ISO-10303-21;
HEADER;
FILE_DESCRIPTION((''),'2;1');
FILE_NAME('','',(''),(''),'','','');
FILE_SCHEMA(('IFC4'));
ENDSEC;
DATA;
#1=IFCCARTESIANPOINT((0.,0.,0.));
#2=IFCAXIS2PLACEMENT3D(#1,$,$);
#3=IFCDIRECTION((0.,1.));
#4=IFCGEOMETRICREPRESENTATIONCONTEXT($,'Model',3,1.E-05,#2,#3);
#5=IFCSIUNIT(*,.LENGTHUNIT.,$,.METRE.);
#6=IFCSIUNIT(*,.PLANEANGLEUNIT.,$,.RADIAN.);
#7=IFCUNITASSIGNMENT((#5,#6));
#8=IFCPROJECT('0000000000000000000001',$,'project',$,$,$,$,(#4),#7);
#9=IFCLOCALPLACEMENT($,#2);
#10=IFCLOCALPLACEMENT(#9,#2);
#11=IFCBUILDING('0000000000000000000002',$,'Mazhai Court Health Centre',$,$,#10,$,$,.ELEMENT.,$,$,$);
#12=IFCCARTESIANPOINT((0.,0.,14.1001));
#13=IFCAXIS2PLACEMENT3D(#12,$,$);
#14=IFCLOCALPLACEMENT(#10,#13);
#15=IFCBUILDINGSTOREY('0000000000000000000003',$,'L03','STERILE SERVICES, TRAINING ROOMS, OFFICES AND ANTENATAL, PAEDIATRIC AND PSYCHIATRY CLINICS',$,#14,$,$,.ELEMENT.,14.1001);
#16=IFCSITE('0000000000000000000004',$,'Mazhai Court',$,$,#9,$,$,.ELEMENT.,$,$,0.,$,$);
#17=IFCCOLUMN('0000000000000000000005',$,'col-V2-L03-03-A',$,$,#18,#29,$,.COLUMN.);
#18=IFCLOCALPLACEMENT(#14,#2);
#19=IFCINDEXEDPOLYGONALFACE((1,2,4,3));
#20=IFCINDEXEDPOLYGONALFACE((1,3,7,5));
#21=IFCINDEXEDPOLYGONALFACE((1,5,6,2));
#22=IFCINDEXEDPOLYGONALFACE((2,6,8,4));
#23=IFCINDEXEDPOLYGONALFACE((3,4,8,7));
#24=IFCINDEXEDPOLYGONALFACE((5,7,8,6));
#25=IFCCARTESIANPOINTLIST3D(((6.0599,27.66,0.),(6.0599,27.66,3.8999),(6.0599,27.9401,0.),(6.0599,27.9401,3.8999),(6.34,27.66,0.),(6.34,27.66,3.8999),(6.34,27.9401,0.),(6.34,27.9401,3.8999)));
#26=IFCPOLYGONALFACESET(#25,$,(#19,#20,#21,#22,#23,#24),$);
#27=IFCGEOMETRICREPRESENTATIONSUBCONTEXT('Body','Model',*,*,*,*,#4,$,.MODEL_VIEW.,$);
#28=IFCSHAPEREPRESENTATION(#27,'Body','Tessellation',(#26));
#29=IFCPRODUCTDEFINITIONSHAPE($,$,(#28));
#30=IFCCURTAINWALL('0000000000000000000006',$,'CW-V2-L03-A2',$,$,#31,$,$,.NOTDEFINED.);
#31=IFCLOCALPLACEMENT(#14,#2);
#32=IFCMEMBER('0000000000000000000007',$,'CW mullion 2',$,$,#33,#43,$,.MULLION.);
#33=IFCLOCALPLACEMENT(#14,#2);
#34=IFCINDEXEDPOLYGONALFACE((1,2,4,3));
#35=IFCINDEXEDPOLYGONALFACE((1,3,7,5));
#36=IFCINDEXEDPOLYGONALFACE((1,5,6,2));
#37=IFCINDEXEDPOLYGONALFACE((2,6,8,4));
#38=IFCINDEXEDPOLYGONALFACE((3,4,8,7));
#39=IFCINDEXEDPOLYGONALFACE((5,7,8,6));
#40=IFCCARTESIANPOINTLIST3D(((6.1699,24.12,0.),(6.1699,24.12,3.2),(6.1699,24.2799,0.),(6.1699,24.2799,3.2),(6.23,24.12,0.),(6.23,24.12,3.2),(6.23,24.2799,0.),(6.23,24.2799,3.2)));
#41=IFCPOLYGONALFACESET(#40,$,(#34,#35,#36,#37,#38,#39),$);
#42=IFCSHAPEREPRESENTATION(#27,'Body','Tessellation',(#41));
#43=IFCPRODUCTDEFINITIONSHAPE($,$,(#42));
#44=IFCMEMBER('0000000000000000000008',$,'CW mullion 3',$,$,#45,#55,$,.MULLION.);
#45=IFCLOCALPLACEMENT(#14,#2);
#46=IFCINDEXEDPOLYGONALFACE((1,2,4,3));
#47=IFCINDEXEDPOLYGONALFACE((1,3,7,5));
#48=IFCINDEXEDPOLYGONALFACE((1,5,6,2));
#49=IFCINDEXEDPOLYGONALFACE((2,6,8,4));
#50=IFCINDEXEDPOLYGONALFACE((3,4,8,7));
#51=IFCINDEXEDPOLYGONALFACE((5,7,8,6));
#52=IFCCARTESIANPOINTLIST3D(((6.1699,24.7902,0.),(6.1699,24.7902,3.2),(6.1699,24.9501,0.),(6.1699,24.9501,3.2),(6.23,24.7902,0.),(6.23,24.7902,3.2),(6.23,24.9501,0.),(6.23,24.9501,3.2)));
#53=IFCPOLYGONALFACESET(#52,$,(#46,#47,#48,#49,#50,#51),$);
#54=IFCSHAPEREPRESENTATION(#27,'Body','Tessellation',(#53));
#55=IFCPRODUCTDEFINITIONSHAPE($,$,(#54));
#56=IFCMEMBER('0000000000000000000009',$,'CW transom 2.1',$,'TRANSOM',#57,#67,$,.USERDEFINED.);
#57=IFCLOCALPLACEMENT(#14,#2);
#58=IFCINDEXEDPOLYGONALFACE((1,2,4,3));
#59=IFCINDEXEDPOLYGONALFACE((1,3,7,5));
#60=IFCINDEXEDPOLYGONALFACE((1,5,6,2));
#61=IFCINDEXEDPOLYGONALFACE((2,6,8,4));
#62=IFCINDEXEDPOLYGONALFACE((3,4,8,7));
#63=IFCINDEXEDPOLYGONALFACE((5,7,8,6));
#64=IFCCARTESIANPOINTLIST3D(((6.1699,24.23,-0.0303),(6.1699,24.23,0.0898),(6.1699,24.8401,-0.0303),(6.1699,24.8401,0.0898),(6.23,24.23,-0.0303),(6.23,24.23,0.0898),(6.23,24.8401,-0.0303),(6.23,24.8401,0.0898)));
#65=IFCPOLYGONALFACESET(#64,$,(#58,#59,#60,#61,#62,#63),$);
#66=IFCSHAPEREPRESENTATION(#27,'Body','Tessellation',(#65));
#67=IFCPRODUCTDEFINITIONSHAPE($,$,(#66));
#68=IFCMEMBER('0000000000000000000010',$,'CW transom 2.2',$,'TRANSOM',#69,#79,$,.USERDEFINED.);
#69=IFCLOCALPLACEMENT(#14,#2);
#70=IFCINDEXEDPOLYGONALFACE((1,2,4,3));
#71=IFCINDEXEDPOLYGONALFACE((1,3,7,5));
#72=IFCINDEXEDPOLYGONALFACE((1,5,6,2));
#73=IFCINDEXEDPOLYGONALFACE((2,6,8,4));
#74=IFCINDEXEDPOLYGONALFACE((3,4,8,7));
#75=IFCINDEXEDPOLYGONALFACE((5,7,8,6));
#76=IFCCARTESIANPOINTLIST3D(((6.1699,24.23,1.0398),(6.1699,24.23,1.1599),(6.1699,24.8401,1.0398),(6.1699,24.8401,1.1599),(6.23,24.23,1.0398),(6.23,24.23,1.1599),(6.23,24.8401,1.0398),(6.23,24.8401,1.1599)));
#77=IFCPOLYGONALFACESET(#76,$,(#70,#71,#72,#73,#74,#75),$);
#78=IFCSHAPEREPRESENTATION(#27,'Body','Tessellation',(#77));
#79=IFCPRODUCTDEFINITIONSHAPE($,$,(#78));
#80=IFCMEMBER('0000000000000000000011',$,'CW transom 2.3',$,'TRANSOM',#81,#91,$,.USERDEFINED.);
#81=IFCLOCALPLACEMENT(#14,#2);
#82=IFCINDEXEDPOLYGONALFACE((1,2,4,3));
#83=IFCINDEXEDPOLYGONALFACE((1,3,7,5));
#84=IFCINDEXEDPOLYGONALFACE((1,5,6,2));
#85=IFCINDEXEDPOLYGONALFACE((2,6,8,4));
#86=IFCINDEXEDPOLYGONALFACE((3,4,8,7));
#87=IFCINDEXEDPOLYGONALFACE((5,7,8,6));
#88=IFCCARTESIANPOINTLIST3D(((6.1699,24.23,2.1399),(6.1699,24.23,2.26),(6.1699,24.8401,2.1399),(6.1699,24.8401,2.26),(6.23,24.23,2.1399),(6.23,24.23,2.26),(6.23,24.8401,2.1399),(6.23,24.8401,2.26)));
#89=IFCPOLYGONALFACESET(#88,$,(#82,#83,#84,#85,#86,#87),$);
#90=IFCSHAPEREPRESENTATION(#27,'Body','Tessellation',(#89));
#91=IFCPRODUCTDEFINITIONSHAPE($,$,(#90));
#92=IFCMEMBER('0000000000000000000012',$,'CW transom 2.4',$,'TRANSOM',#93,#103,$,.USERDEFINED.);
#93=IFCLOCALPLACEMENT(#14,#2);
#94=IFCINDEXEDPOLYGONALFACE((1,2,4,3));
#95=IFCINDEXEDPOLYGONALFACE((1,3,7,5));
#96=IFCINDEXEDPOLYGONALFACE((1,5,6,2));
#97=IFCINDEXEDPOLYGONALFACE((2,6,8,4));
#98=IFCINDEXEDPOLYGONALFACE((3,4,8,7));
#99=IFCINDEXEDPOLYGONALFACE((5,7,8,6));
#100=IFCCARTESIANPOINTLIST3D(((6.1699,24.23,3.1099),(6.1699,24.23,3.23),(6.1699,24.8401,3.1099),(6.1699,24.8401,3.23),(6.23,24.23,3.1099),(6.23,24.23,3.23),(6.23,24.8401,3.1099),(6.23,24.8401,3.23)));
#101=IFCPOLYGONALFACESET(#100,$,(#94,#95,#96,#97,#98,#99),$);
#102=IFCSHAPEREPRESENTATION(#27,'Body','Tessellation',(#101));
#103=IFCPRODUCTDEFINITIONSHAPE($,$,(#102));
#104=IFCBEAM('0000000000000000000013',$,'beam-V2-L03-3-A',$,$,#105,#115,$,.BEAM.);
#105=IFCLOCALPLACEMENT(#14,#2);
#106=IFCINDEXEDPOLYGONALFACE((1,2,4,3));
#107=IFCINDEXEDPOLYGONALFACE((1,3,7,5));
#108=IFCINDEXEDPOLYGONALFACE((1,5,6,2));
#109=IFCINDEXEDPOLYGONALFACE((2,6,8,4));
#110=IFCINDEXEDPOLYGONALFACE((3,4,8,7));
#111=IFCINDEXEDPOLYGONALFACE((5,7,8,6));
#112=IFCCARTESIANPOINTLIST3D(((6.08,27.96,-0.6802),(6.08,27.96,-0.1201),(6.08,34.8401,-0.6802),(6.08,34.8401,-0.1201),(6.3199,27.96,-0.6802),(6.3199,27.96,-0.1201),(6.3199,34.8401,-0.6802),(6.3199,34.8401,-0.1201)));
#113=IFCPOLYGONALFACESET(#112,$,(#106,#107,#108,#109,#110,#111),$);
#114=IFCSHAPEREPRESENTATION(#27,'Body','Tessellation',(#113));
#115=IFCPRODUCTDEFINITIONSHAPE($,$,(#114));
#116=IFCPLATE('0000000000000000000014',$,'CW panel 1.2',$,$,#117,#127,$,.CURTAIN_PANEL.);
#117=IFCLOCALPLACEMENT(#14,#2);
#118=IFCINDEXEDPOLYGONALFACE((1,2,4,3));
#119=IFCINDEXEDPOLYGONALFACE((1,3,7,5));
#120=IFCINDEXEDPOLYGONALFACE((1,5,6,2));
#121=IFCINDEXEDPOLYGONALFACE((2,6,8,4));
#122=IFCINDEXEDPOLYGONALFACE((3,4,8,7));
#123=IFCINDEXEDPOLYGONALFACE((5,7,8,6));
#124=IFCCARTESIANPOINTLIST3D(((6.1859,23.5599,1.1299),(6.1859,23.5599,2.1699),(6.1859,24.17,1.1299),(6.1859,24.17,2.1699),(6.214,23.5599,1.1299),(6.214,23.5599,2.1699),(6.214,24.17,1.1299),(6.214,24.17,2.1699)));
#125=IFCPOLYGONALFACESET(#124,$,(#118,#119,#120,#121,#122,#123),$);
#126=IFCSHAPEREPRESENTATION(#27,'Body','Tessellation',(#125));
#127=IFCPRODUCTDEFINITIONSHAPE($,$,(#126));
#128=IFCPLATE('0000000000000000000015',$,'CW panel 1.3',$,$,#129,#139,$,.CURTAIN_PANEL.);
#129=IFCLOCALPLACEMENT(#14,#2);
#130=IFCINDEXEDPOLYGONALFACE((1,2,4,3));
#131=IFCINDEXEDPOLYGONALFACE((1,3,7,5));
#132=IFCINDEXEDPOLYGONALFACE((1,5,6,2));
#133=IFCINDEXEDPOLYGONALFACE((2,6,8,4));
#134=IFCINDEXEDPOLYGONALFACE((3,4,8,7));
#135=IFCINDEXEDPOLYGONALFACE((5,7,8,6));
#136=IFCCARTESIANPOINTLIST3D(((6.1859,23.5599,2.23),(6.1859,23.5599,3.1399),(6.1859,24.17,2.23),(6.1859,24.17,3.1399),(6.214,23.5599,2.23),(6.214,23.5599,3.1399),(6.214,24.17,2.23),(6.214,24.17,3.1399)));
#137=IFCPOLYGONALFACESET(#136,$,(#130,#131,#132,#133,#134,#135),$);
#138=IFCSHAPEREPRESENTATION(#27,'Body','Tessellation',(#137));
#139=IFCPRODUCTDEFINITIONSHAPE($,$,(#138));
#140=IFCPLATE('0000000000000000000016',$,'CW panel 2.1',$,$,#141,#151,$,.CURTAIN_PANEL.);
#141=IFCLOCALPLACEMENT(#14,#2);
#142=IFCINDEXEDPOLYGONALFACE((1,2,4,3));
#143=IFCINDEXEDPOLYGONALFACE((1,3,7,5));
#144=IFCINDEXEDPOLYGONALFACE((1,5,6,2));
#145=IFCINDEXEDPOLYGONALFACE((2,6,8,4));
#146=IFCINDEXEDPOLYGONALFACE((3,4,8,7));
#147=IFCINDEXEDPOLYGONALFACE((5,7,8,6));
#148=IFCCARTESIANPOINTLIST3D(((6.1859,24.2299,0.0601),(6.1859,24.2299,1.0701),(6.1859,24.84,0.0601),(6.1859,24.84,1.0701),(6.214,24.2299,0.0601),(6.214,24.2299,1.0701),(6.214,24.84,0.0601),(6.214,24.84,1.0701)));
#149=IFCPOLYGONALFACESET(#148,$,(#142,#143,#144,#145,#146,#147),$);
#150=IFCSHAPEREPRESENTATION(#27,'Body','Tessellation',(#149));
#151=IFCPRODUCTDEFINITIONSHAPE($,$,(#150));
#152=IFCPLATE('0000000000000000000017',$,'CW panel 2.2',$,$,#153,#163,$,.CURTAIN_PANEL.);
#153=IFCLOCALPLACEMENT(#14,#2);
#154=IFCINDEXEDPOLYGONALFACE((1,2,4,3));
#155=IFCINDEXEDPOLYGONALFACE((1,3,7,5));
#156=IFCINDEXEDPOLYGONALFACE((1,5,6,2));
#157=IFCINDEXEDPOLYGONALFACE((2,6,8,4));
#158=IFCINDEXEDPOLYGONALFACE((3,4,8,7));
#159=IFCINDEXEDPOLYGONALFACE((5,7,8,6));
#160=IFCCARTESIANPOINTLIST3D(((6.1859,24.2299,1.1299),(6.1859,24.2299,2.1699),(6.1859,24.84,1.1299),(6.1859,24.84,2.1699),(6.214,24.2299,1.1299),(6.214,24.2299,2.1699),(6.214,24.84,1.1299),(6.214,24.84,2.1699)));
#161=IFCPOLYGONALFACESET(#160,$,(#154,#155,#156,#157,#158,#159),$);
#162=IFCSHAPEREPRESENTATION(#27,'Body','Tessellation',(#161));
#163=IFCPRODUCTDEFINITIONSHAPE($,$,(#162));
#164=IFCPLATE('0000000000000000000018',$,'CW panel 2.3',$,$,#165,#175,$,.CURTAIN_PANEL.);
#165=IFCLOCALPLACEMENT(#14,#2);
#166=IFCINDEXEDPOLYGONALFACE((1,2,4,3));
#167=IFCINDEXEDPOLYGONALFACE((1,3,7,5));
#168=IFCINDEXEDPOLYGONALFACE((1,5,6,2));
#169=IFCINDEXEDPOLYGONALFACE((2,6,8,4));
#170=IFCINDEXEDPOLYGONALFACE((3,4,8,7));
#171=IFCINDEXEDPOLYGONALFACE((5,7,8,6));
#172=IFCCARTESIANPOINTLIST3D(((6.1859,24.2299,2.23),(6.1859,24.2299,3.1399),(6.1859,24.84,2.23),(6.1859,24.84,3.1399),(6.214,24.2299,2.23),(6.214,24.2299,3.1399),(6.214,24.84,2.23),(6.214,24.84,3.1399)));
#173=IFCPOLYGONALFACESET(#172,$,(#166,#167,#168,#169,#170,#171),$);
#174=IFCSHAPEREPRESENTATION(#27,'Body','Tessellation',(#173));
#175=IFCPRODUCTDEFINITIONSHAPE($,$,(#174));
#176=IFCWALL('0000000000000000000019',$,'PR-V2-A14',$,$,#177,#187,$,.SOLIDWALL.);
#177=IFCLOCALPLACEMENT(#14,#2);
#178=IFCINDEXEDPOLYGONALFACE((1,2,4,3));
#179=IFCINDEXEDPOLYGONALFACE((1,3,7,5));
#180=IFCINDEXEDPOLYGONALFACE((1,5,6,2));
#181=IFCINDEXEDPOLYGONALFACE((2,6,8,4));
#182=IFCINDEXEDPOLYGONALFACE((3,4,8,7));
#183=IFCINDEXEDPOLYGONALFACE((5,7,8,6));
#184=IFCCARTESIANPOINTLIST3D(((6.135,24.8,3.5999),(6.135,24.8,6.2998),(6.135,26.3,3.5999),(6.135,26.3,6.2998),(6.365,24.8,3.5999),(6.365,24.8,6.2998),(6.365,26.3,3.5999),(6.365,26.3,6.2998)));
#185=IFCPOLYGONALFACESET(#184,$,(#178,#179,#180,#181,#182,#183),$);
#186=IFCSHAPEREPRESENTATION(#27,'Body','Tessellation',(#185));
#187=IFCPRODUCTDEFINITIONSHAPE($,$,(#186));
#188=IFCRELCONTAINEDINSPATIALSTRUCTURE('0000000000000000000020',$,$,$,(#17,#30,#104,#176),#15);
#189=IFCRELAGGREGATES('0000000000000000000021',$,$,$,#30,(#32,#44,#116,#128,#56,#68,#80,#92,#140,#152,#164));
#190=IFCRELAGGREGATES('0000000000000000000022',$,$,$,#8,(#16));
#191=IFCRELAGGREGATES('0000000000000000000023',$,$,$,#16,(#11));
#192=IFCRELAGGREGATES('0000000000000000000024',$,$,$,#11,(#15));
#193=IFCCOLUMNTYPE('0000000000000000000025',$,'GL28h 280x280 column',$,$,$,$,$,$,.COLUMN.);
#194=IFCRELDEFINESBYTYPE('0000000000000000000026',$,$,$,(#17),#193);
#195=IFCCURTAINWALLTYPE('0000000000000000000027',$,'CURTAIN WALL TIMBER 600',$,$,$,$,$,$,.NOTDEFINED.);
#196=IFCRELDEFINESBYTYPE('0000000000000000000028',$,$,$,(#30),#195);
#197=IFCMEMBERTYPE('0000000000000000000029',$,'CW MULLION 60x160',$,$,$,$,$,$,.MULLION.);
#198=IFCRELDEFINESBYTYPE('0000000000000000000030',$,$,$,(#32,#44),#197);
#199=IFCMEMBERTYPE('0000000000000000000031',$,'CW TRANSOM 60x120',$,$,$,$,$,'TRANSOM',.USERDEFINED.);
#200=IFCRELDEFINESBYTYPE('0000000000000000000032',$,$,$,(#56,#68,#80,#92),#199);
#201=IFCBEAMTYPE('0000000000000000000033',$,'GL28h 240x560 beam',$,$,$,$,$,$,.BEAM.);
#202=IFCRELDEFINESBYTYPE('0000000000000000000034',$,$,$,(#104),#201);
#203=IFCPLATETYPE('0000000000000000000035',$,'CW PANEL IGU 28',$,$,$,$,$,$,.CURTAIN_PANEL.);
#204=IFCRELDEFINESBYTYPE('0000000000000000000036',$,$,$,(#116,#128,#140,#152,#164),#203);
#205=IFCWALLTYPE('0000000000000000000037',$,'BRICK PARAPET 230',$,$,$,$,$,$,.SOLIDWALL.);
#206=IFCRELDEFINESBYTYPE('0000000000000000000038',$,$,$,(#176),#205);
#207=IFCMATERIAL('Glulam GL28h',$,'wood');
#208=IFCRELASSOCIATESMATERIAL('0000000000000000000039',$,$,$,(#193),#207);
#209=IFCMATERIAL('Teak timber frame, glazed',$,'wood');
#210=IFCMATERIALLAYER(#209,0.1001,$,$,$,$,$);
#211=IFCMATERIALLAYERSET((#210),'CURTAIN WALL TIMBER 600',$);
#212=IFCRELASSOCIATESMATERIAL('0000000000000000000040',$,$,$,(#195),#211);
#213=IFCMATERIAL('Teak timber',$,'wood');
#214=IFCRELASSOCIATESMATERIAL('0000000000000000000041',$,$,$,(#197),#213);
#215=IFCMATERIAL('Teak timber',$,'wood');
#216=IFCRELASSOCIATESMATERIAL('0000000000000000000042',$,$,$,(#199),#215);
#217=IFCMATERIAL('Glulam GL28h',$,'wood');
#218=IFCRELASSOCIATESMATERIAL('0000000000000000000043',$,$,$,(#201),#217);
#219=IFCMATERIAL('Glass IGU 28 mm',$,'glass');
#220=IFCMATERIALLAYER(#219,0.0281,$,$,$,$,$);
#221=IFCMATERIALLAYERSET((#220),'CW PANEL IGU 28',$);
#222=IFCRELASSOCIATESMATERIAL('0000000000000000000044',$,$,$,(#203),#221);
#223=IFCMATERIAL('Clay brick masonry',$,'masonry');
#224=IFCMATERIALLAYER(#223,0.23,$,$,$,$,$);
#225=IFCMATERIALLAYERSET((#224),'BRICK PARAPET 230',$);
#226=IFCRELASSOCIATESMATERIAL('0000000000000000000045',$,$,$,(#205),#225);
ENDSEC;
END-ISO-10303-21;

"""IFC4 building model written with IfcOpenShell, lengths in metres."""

from ifc_helpers import new_model, si_unit, direction, frame, frame_2d, origin, origin_2d, place, context, subcontext, project, spatial, rectangle, extrude, material, layer, layer_set, material_profile, profile_set, type_object, element, aggregate, save


model = new_model("IFC4")

# Units and contexts
model_context = context("Model", 3, precision=1e-05, world=origin(), true_north=direction((0.0, 1.0)))
body_context = subcontext(model_context, "Body", "Model", "MODEL_VIEW")
ifc_project = project(units=[si_unit("LENGTHUNIT", "METRE"), si_unit("PLANEANGLEUNIT", "RADIAN")], contexts=[model_context])

# Site, building, storey
site_placement = place(None, origin())
site = spatial("IfcSite", under=ifc_project, at=site_placement, Name="Mazhai Court", CompositionType="ELEMENT", RefElevation=0.0)
building_placement = place(site_placement, origin())
building = spatial("IfcBuilding", under=site, at=building_placement, Name="Mazhai Court Health Centre", CompositionType="ELEMENT")
storey_placement = place(building_placement, frame((0.0, 0.0, 14.1001)))
storey = spatial("IfcBuildingStorey", under=building, at=storey_placement, Name="L03", Description="STERILE SERVICES, TRAINING ROOMS, OFFICES AND ANTENATAL, PAEDIATRIC AND PSYCHIATRY CLINICS", CompositionType="ELEMENT", Elevation=14.1001)

# Column
ifc_material_1 = material(Name="Glulam GL28h", Category="wood")
ifc_material_profile_1 = material_profile(ifc_material_1, rectangle(XDim=0.28, YDim=0.28, at=origin_2d()), Name="GL28h 280x280")
ifc_profile_set_1 = profile_set([ifc_material_profile_1], Name="Glulam GL28h")
column_type = type_object("IfcColumnType", Name="GL28h 280x280 column", PredefinedType="COLUMN", material=ifc_profile_set_1)
column_placement = place(storey_placement, frame((6.2, 27.8, 0.0), z_axis=(0.0, 0.0, 1.0), x_axis=(1.0, 0.0, 0.0)))
element("IfcColumn", 1, at=column_placement, inside=storey, type_object=column_type, Name="col-V2-L03-03-A", PredefinedType="COLUMN", context=body_context, shape_type="SweptSolid", body=[
    extrude(rectangle(XDim=0.28, YDim=0.28, at=origin_2d()), origin(), (0.0, 0.0, 1.0), 3.8999),
])

# Curtain wall, members
ifc_material_2 = material(Name="Teak timber frame, glazed", Category="wood")
ifc_layer_1 = layer(ifc_material_2, 0.1001)
ifc_layer_set_1 = layer_set([ifc_layer_1], Name="CURTAIN WALL TIMBER 600")
curtain_wall_type = type_object("IfcCurtainWallType", Name="CURTAIN WALL TIMBER 600", PredefinedType="NOTDEFINED", material=ifc_layer_set_1)
curtain_wall_placement = place(storey_placement, origin())
curtain_wall = element("IfcCurtainWall", 2, at=curtain_wall_placement, inside=storey, type_object=curtain_wall_type, Name="CW-V2-L03-A2", PredefinedType="NOTDEFINED")
ifc_material_3 = material(Name="Teak timber", Category="wood")
ifc_material_profile_2 = material_profile(ifc_material_3, rectangle(XDim=0.0601, YDim=0.1599, at=origin_2d()), Name="CW MULLION 60x160")
ifc_profile_set_2 = profile_set([ifc_material_profile_2], Name="Teak timber")
member_type_1 = type_object("IfcMemberType", Name="CW MULLION 60x160", PredefinedType="MULLION", material=ifc_profile_set_2)
member_1_placement = place(storey_placement, frame((6.2, 24.2, 0.0), z_axis=(0.0, 0.0, 1.0), x_axis=(-1.0, 0.0, 0.0)))
member_1 = element("IfcMember", 3, at=member_1_placement, type_object=member_type_1, Name="CW mullion 2", PredefinedType="MULLION", context=body_context, shape_type="SweptSolid", body=[
    extrude(rectangle(XDim=0.0601, YDim=0.1599, at=origin_2d()), origin(), (0.0, 0.0, 1.0), 3.2),
])
member_2_placement = place(storey_placement, frame((6.2, 24.8701, 0.0), z_axis=(0.0, 0.0, 1.0), x_axis=(-1.0, 0.0, 0.0)))
member_2 = element("IfcMember", 4, at=member_2_placement, type_object=member_type_1, Name="CW mullion 3", PredefinedType="MULLION", context=body_context, shape_type="SweptSolid", body=[
    extrude(rectangle(XDim=0.0601, YDim=0.1599, at=origin_2d()), origin(), (0.0, 0.0, 1.0), 3.2),
])
ifc_material_4 = material(Name="Teak timber", Category="wood")
ifc_material_profile_3 = material_profile(ifc_material_4, rectangle(XDim=0.0601, YDim=0.1201, at=origin_2d()), Name="CW TRANSOM 60x120")
ifc_profile_set_3 = profile_set([ifc_material_profile_3], Name="Teak timber")
member_type_2 = type_object("IfcMemberType", Name="CW TRANSOM 60x120", ElementType="TRANSOM", PredefinedType="USERDEFINED", material=ifc_profile_set_3)
member_3_placement = place(storey_placement, frame((6.2, 24.23, 0.0298), z_axis=(0.0, 1.0, 0.0), x_axis=(-1.0, 0.0, 0.0)))
member_3 = element("IfcMember", 5, at=member_3_placement, type_object=member_type_2, Name="CW transom 2.1", ObjectType="TRANSOM", PredefinedType="USERDEFINED", context=body_context, shape_type="SweptSolid", body=[
    extrude(rectangle(XDim=0.0601, YDim=0.1201, at=origin_2d()), origin(), (0.0, 0.0, 1.0), 0.6101),
])
member_4_placement = place(storey_placement, frame((6.2, 24.23, 1.0999), z_axis=(0.0, 1.0, 0.0), x_axis=(-1.0, 0.0, 0.0)))
member_4 = element("IfcMember", 6, at=member_4_placement, type_object=member_type_2, Name="CW transom 2.2", ObjectType="TRANSOM", PredefinedType="USERDEFINED", context=body_context, shape_type="SweptSolid", body=[
    extrude(rectangle(XDim=0.0601, YDim=0.1201, at=origin_2d()), origin(), (0.0, 0.0, 1.0), 0.6101),
])
member_5_placement = place(storey_placement, frame((6.2, 24.23, 2.2), z_axis=(0.0, 1.0, 0.0), x_axis=(-1.0, 0.0, 0.0)))
member_5 = element("IfcMember", 7, at=member_5_placement, type_object=member_type_2, Name="CW transom 2.3", ObjectType="TRANSOM", PredefinedType="USERDEFINED", context=body_context, shape_type="SweptSolid", body=[
    extrude(rectangle(XDim=0.0601, YDim=0.1201, at=origin_2d()), origin(), (0.0, 0.0, 1.0), 0.6101),
])
member_6_placement = place(storey_placement, frame((6.2, 24.23, 3.1699), z_axis=(0.0, 1.0, 0.0), x_axis=(-1.0, 0.0, 0.0)))
member_6 = element("IfcMember", 8, at=member_6_placement, type_object=member_type_2, Name="CW transom 2.4", ObjectType="TRANSOM", PredefinedType="USERDEFINED", context=body_context, shape_type="SweptSolid", body=[
    extrude(rectangle(XDim=0.0601, YDim=0.1201, at=origin_2d()), origin(), (0.0, 0.0, 1.0), 0.6101),
])

# Beam
ifc_material_5 = material(Name="Glulam GL28h", Category="wood")
ifc_material_profile_4 = material_profile(ifc_material_5, rectangle(XDim=0.24, YDim=0.5601, at=origin_2d()), Name="GL28h 240x560")
ifc_profile_set_4 = profile_set([ifc_material_profile_4], Name="Glulam GL28h")
beam_type = type_object("IfcBeamType", Name="GL28h 240x560 beam", PredefinedType="BEAM", material=ifc_profile_set_4)
beam_placement = place(storey_placement, frame((6.2, 27.96, -0.4001), z_axis=(0.0, 1.0, 0.0), x_axis=(-1.0, 0.0, 0.0)))
element("IfcBeam", 9, at=beam_placement, inside=storey, type_object=beam_type, Name="beam-V2-L03-3-A", PredefinedType="BEAM", context=body_context, shape_type="SweptSolid", body=[
    extrude(rectangle(XDim=0.24, YDim=0.5601, at=origin_2d()), origin(), (0.0, 0.0, 1.0), 6.8801),
])

# Plates
ifc_material_6 = material(Name="Glass IGU 28 mm", Category="glass")
ifc_layer_2 = layer(ifc_material_6, 0.0281)
ifc_layer_set_2 = layer_set([ifc_layer_2], Name="CW PANEL IGU 28")
plate_type = type_object("IfcPlateType", Name="CW PANEL IGU 28", PredefinedType="CURTAIN_PANEL", material=ifc_layer_set_2)
plate_1_placement = place(storey_placement, frame((6.2, 23.865, 1.1299), z_axis=(0.0, 0.0, 1.0), x_axis=(0.0, 1.0, 0.0)))
plate_1 = element("IfcPlate", 10, at=plate_1_placement, type_object=plate_type, Name="CW panel 1.2", PredefinedType="CURTAIN_PANEL", context=body_context, shape_type="SweptSolid", body=[
    extrude(rectangle(XDim=0.6101, YDim=0.0281, at=origin_2d()), origin(), (0.0, 0.0, 1.0), 1.04),
])
plate_2_placement = place(storey_placement, frame((6.2, 23.865, 2.23), z_axis=(0.0, 0.0, 1.0), x_axis=(0.0, 1.0, 0.0)))
plate_2 = element("IfcPlate", 11, at=plate_2_placement, type_object=plate_type, Name="CW panel 1.3", PredefinedType="CURTAIN_PANEL", context=body_context, shape_type="SweptSolid", body=[
    extrude(rectangle(XDim=0.6101, YDim=0.0281, at=origin_2d()), origin(), (0.0, 0.0, 1.0), 0.9099),
])
plate_3_placement = place(storey_placement, frame((6.2, 24.5349, 0.0601), z_axis=(0.0, 0.0, 1.0), x_axis=(0.0, 1.0, 0.0)))
plate_3 = element("IfcPlate", 12, at=plate_3_placement, type_object=plate_type, Name="CW panel 2.1", PredefinedType="CURTAIN_PANEL", context=body_context, shape_type="SweptSolid", body=[
    extrude(rectangle(XDim=0.6101, YDim=0.0281, at=origin_2d()), origin(), (0.0, 0.0, 1.0), 1.01),
])
plate_4_placement = place(storey_placement, frame((6.2, 24.5349, 1.1299), z_axis=(0.0, 0.0, 1.0), x_axis=(0.0, 1.0, 0.0)))
plate_4 = element("IfcPlate", 13, at=plate_4_placement, type_object=plate_type, Name="CW panel 2.2", PredefinedType="CURTAIN_PANEL", context=body_context, shape_type="SweptSolid", body=[
    extrude(rectangle(XDim=0.6101, YDim=0.0281, at=origin_2d()), origin(), (0.0, 0.0, 1.0), 1.04),
])
plate_5_placement = place(storey_placement, frame((6.2, 24.5349, 2.23), z_axis=(0.0, 0.0, 1.0), x_axis=(0.0, 1.0, 0.0)))
plate_5 = element("IfcPlate", 14, at=plate_5_placement, type_object=plate_type, Name="CW panel 2.3", PredefinedType="CURTAIN_PANEL", context=body_context, shape_type="SweptSolid", body=[
    extrude(rectangle(XDim=0.6101, YDim=0.0281, at=origin_2d()), origin(), (0.0, 0.0, 1.0), 0.9099),
])
aggregate(curtain_wall, [member_1, member_2, plate_1, plate_2, member_3, member_4, member_5, member_6, plate_3, plate_4, plate_5])

# Wall
ifc_material_7 = material(Name="Clay brick masonry", Category="masonry")
ifc_layer_3 = layer(ifc_material_7, 0.23)
ifc_layer_set_3 = layer_set([ifc_layer_3], Name="BRICK PARAPET 230")
wall_type_1 = type_object("IfcWallType", Name="BRICK PARAPET 230", PredefinedType="SOLIDWALL", material=ifc_layer_set_3)
wall_1_placement = place(storey_placement, frame((6.25, 24.8, 3.5999), z_axis=(0.0, 0.0, 1.0), x_axis=(0.0, 1.0, 0.0)))
element("IfcWall", 15, at=wall_1_placement, inside=storey, type_object=wall_type_1, Name="PR-V2-A14", PredefinedType="SOLIDWALL", context=body_context, shape_type="SweptSolid", body=[
    extrude(rectangle(XDim=1.5, YDim=0.23, at=frame_2d((0.75, 0.0))), origin(), (0.0, 0.0, 1.0), 2.7),
])

save(model, "model.ifc")
